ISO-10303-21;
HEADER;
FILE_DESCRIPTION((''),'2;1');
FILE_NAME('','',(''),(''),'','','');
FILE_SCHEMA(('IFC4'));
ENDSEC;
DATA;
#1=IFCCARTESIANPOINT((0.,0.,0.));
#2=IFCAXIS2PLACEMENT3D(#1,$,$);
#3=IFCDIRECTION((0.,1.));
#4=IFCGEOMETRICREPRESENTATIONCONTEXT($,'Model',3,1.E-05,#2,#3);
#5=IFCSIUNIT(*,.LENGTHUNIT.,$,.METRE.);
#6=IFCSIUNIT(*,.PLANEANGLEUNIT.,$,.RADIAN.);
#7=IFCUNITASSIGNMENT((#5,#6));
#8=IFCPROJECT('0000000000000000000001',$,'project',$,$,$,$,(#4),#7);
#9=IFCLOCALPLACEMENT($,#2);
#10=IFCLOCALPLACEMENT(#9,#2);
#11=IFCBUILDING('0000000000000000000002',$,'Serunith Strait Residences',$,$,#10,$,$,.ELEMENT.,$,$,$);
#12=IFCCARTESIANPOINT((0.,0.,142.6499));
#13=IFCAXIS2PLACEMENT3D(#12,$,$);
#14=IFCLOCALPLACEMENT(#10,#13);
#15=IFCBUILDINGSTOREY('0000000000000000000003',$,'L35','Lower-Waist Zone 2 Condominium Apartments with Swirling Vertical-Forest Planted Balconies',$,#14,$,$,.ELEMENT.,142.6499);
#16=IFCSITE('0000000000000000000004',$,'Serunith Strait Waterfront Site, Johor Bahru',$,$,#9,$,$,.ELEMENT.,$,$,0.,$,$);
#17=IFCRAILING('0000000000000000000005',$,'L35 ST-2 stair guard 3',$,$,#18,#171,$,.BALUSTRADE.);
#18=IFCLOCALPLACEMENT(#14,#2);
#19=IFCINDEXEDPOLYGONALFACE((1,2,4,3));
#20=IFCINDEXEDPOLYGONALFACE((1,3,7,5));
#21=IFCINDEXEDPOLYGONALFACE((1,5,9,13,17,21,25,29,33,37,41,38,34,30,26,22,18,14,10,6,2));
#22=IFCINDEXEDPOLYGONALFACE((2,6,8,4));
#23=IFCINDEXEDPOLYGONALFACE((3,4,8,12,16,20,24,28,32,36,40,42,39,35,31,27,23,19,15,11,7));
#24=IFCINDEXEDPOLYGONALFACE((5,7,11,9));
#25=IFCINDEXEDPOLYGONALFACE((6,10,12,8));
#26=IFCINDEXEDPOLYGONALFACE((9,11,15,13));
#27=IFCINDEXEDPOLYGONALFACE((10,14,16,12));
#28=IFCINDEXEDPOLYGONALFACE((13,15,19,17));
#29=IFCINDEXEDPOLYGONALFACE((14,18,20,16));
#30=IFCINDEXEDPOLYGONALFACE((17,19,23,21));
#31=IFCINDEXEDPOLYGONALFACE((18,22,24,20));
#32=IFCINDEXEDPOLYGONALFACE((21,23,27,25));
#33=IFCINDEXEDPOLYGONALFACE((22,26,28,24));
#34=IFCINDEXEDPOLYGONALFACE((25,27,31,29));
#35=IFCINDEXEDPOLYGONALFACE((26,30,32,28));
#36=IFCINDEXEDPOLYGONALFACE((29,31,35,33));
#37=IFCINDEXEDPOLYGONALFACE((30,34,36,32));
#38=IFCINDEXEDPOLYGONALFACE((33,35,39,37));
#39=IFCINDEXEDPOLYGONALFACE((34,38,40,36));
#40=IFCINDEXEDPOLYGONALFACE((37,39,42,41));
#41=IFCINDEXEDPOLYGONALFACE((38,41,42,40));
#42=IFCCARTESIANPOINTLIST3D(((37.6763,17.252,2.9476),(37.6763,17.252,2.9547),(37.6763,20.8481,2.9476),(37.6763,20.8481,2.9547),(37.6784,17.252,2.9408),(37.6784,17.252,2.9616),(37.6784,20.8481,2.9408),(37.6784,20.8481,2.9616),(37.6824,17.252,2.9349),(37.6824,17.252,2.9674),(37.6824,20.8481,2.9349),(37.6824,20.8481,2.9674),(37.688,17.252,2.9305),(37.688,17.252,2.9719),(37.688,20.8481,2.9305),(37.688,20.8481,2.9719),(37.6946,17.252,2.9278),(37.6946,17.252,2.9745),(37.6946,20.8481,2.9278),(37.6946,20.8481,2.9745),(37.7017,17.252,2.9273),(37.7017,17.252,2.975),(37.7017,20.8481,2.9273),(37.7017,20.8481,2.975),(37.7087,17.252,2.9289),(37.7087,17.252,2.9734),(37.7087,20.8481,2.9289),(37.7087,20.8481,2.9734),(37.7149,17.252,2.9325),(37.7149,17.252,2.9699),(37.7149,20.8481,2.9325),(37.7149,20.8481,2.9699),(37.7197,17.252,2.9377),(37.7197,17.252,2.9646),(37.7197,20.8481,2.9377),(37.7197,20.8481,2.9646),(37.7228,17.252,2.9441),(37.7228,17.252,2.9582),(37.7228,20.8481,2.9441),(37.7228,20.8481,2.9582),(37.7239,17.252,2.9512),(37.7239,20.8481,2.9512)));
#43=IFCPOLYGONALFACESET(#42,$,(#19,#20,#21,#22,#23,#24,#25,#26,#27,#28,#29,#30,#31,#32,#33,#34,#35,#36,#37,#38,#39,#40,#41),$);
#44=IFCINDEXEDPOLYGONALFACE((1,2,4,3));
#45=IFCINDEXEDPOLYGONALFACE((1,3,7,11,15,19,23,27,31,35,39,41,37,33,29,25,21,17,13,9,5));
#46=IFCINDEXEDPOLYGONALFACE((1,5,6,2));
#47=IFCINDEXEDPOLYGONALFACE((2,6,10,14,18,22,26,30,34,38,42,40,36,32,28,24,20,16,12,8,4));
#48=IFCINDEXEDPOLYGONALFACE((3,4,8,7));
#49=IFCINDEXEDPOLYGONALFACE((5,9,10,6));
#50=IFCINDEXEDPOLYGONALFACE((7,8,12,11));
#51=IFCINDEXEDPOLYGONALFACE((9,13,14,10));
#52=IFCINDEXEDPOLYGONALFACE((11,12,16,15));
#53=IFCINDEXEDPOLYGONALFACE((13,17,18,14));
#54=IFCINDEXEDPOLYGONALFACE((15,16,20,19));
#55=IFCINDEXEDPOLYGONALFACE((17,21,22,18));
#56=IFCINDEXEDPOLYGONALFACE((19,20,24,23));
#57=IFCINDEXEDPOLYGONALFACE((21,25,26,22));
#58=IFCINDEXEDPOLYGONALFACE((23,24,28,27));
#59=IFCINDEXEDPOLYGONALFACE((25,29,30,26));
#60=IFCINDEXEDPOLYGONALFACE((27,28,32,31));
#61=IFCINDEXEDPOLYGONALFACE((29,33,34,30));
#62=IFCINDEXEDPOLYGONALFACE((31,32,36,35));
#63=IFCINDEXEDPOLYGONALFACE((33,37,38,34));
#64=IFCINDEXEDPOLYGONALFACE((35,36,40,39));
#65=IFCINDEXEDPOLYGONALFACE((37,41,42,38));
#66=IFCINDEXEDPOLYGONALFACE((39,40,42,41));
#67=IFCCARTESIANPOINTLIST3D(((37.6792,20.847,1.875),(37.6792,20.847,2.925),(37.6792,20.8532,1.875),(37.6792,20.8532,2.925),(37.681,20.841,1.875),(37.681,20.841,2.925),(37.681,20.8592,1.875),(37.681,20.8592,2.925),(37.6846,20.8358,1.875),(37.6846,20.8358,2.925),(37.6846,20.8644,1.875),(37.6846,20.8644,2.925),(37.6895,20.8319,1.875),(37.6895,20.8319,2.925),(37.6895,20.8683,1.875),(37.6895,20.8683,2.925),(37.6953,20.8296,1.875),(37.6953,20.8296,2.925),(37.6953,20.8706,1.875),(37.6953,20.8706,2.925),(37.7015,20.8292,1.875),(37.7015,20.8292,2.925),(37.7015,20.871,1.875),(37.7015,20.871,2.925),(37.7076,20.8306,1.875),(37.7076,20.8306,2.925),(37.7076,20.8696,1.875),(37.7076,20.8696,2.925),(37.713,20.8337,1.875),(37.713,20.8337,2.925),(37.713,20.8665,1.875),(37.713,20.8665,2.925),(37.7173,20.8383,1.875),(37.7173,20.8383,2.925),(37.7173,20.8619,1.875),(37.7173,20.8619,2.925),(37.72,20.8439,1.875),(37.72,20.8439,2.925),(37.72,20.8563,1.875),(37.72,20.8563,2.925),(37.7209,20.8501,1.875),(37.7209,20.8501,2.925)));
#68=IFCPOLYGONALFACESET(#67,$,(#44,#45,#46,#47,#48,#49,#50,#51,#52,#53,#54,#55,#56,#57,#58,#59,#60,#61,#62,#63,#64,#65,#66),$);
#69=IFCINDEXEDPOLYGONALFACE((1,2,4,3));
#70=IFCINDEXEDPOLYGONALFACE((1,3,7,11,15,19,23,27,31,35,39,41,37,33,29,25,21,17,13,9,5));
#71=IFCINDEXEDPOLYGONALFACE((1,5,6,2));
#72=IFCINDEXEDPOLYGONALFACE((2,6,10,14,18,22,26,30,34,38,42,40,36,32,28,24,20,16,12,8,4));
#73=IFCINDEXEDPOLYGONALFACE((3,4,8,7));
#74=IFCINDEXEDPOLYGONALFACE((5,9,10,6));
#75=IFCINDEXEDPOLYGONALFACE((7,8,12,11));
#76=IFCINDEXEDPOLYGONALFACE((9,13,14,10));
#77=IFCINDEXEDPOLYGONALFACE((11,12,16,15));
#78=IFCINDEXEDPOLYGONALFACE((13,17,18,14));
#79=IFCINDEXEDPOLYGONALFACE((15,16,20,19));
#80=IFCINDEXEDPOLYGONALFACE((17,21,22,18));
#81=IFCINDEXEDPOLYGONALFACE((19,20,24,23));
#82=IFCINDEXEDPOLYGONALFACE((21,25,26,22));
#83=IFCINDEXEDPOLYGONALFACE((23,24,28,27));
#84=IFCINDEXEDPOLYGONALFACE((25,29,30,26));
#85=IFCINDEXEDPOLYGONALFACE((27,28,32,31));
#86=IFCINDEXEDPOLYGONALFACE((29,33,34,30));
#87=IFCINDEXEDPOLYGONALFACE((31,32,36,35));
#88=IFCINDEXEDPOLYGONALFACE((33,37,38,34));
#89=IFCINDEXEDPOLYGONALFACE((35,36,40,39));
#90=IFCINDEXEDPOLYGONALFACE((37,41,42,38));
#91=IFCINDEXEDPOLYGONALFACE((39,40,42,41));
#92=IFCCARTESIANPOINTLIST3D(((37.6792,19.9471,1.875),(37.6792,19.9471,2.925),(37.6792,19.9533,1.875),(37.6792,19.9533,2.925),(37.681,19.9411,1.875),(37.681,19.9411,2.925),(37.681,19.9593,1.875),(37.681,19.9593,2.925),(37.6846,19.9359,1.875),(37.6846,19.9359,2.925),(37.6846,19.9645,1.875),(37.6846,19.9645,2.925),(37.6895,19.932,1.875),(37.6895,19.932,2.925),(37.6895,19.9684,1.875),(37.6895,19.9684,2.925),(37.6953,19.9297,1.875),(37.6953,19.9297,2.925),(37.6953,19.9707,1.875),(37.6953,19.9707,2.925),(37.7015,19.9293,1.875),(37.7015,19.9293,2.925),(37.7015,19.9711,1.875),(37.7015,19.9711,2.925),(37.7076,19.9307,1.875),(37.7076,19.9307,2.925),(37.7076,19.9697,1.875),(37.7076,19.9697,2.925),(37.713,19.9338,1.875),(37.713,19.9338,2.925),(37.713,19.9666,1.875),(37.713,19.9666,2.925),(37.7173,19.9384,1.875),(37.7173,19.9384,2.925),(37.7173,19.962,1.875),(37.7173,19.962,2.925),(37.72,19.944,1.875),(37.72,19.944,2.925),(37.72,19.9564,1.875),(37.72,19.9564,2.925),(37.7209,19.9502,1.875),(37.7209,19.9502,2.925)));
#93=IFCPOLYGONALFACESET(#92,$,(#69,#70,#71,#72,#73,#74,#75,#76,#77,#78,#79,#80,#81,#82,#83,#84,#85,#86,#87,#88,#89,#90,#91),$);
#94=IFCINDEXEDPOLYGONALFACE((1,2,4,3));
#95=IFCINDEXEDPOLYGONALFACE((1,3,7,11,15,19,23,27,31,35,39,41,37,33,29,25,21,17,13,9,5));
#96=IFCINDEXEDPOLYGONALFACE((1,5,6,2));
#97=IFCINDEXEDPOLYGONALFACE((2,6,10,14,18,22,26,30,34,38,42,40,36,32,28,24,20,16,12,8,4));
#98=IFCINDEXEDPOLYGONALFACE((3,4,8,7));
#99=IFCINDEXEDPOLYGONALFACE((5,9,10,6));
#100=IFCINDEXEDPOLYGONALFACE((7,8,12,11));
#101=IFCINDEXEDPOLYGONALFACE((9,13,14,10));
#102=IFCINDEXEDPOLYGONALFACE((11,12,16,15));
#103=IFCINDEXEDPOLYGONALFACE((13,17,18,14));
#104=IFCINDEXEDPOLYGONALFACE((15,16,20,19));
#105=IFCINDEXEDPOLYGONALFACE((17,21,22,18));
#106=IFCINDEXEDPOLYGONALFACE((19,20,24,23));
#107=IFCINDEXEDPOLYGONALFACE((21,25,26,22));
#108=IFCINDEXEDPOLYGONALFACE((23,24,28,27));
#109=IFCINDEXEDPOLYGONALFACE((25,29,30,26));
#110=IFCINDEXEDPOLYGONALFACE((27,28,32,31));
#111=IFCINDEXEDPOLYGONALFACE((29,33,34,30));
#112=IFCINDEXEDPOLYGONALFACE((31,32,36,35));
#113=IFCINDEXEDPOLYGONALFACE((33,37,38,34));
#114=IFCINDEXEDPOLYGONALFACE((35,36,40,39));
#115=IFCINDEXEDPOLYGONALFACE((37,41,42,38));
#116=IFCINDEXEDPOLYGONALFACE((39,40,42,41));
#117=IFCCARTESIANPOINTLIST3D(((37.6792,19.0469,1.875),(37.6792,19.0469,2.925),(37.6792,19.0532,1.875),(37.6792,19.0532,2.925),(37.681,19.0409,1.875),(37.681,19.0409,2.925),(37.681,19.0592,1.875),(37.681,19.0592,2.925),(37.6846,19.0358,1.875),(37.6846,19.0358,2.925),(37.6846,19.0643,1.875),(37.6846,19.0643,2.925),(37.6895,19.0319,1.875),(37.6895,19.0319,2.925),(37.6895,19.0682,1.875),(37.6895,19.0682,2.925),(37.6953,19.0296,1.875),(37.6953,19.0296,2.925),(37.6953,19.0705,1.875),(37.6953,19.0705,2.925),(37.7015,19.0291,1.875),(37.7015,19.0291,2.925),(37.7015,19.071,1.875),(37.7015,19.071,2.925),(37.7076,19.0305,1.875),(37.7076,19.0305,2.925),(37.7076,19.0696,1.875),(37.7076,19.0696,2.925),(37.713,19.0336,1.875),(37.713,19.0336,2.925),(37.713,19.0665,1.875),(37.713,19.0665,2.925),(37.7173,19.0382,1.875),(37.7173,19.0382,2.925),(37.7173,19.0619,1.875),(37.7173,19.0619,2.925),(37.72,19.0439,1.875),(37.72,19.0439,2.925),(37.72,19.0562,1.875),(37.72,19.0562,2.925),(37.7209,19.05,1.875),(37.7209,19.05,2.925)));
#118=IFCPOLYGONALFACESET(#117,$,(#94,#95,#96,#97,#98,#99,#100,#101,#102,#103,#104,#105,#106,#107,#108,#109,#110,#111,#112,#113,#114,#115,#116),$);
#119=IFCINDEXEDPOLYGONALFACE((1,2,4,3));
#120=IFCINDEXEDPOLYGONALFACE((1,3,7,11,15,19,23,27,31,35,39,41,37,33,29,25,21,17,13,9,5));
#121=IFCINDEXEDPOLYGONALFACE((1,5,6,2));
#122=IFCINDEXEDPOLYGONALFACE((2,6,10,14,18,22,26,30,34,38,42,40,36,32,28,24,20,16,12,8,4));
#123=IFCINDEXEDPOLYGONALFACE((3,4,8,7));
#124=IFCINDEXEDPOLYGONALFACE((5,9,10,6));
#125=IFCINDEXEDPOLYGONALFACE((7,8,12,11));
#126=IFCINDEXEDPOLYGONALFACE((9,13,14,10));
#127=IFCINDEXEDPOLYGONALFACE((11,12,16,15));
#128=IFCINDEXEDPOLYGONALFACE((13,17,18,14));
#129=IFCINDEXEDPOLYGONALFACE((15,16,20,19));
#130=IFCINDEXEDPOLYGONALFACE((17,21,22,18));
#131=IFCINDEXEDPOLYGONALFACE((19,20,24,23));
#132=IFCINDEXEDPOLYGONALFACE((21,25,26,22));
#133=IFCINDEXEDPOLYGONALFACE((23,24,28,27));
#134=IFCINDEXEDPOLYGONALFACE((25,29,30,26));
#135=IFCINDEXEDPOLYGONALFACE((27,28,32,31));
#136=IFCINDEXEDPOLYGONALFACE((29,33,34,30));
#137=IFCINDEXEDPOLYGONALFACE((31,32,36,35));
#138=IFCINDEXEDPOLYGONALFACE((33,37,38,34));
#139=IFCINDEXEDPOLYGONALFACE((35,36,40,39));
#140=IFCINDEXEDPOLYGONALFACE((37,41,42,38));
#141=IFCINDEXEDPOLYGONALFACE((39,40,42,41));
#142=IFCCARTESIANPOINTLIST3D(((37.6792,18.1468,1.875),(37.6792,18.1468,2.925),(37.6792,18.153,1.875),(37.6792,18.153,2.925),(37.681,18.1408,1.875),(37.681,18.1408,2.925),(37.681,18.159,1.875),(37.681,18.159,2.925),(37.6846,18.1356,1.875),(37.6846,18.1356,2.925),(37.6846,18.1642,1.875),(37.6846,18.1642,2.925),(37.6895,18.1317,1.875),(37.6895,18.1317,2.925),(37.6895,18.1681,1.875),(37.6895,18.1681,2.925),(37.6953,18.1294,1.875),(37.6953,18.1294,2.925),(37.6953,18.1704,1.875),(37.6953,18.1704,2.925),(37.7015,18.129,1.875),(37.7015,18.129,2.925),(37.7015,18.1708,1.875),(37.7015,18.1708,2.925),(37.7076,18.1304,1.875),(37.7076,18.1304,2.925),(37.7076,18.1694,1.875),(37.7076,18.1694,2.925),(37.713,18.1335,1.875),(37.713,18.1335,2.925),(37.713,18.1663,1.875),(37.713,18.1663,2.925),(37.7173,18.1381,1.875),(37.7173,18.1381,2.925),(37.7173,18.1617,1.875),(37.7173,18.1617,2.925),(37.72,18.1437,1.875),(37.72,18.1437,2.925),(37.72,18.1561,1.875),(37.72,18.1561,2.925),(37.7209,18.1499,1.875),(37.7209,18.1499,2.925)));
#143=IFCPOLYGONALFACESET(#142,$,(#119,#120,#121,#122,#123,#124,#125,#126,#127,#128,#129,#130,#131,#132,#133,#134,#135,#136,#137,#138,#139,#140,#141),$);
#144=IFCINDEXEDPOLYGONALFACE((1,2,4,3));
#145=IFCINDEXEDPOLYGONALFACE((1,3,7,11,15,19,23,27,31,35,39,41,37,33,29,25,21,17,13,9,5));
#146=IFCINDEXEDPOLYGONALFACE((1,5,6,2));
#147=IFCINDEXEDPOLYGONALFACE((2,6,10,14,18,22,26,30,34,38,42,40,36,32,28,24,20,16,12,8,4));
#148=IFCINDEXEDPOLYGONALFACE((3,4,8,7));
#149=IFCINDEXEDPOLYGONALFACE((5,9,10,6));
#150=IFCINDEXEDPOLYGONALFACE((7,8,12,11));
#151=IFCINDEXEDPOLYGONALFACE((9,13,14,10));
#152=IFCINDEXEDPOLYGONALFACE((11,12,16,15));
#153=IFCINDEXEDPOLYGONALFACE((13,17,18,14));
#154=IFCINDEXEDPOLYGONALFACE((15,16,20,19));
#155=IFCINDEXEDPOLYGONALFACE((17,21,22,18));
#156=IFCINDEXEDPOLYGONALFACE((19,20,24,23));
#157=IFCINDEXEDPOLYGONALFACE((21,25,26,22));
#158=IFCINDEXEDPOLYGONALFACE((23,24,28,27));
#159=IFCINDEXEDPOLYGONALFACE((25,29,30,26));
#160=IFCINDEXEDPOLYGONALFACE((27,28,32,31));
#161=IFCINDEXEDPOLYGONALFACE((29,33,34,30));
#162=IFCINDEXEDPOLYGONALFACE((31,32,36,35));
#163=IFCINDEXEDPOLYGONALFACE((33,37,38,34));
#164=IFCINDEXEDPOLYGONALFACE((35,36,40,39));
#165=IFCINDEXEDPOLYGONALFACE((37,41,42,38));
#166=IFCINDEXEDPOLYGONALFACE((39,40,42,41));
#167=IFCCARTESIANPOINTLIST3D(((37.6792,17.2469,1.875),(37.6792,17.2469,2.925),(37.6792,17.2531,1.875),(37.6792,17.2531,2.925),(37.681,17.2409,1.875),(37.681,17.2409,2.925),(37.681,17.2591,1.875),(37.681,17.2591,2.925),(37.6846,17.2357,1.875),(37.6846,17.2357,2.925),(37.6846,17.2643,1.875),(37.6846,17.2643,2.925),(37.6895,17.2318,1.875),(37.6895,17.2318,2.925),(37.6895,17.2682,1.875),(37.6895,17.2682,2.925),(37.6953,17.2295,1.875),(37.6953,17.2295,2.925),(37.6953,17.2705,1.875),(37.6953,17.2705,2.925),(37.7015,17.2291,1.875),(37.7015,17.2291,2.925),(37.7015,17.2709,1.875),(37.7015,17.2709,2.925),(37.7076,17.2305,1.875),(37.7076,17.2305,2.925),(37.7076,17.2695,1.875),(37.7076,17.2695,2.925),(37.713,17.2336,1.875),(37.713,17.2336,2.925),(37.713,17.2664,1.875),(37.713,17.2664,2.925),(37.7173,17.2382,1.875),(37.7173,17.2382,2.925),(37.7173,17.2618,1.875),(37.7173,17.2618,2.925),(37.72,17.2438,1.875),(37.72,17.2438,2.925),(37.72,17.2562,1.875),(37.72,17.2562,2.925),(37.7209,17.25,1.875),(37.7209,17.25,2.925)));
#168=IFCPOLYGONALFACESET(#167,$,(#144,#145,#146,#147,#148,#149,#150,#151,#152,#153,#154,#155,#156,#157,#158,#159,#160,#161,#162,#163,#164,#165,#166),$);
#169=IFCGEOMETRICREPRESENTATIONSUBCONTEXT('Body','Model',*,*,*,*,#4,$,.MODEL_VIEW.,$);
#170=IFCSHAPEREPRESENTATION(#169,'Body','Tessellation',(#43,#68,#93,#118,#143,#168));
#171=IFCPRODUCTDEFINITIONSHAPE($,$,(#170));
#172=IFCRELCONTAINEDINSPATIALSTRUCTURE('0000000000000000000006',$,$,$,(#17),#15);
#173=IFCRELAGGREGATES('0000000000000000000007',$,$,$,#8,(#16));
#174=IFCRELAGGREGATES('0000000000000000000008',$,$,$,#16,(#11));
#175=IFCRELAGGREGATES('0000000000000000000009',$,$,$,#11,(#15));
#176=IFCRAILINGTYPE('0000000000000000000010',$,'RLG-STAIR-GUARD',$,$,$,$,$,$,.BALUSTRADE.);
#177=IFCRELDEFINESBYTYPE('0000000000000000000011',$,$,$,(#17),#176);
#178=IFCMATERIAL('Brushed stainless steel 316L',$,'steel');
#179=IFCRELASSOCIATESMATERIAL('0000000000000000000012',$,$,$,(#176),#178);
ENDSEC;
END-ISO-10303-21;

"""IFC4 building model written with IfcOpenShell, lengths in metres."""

from ifc_helpers import new_model, si_unit, direction, frame, origin, origin_2d, place, context, subcontext, project, spatial, circle, extrude, material, type_object, element, save


model = new_model("IFC4")

# Units and contexts
model_context = context("Model", 3, precision=1e-05, world=origin(), true_north=direction((0.0, 1.0)))
body_context = subcontext(model_context, "Body", "Model", "MODEL_VIEW")
ifc_project = project(units=[si_unit("LENGTHUNIT", "METRE"), si_unit("PLANEANGLEUNIT", "RADIAN")], contexts=[model_context])

# Site, building, storey
site_placement = place(None, origin())
site = spatial("IfcSite", under=ifc_project, at=site_placement, Name="Serunith Strait Waterfront Site, Johor Bahru", CompositionType="ELEMENT", RefElevation=0.0)
building_placement = place(site_placement, origin())
building = spatial("IfcBuilding", under=site, at=building_placement, Name="Serunith Strait Residences", CompositionType="ELEMENT")
storey_placement = place(building_placement, frame((0.0, 0.0, 142.6499)))
storey = spatial("IfcBuildingStorey", under=building, at=storey_placement, Name="L35", Description="Lower-Waist Zone 2 Condominium Apartments with Swirling Vertical-Forest Planted Balconies", CompositionType="ELEMENT", Elevation=142.6499)

# Railing
ifc_material_1 = material(Name="Brushed stainless steel 316L", Category="steel")
railing_type_1 = type_object("IfcRailingType", Name="RLG-STAIR-GUARD", PredefinedType="BALUSTRADE", material=ifc_material_1)
for number, where, name in (
    (1, (37.7, 20.8501, 1.875), "L35 ST-2 stair guard 3"),
):
    element("IfcRailing", number, at=place(storey_placement, frame(where)), inside=storey, type_object=railing_type_1, Name=name, PredefinedType="BALUSTRADE", context=body_context, shape_type="SweptSolid", body=[
        extrude(circle(Radius=0.0239, at=origin_2d()), frame((0.0, -0.002, 1.0762), z_axis=(0.0, -1.0, 0.0), x_axis=(1.0, 0.0, 0.0)), (0.0, 0.0, 1.0), 3.5962),
        extrude(circle(Radius=0.021, at=origin_2d()), origin(), (0.0, 0.0, 1.0), 1.05),
        extrude(circle(Radius=0.021, at=origin_2d()), frame((0.0, -0.8999, 0.0)), (0.0, 0.0, 1.0), 1.05),
        extrude(circle(Radius=0.021, at=origin_2d()), frame((0.0, -1.8, 0.0)), (0.0, 0.0, 1.0), 1.05),
        extrude(circle(Radius=0.021, at=origin_2d()), frame((0.0, -2.7002, 0.0)), (0.0, 0.0, 1.0), 1.05),
        extrude(circle(Radius=0.021, at=origin_2d()), frame((0.0, -3.6001, 0.0)), (0.0, 0.0, 1.0), 1.05),
    ])

save(model, "model.ifc")
